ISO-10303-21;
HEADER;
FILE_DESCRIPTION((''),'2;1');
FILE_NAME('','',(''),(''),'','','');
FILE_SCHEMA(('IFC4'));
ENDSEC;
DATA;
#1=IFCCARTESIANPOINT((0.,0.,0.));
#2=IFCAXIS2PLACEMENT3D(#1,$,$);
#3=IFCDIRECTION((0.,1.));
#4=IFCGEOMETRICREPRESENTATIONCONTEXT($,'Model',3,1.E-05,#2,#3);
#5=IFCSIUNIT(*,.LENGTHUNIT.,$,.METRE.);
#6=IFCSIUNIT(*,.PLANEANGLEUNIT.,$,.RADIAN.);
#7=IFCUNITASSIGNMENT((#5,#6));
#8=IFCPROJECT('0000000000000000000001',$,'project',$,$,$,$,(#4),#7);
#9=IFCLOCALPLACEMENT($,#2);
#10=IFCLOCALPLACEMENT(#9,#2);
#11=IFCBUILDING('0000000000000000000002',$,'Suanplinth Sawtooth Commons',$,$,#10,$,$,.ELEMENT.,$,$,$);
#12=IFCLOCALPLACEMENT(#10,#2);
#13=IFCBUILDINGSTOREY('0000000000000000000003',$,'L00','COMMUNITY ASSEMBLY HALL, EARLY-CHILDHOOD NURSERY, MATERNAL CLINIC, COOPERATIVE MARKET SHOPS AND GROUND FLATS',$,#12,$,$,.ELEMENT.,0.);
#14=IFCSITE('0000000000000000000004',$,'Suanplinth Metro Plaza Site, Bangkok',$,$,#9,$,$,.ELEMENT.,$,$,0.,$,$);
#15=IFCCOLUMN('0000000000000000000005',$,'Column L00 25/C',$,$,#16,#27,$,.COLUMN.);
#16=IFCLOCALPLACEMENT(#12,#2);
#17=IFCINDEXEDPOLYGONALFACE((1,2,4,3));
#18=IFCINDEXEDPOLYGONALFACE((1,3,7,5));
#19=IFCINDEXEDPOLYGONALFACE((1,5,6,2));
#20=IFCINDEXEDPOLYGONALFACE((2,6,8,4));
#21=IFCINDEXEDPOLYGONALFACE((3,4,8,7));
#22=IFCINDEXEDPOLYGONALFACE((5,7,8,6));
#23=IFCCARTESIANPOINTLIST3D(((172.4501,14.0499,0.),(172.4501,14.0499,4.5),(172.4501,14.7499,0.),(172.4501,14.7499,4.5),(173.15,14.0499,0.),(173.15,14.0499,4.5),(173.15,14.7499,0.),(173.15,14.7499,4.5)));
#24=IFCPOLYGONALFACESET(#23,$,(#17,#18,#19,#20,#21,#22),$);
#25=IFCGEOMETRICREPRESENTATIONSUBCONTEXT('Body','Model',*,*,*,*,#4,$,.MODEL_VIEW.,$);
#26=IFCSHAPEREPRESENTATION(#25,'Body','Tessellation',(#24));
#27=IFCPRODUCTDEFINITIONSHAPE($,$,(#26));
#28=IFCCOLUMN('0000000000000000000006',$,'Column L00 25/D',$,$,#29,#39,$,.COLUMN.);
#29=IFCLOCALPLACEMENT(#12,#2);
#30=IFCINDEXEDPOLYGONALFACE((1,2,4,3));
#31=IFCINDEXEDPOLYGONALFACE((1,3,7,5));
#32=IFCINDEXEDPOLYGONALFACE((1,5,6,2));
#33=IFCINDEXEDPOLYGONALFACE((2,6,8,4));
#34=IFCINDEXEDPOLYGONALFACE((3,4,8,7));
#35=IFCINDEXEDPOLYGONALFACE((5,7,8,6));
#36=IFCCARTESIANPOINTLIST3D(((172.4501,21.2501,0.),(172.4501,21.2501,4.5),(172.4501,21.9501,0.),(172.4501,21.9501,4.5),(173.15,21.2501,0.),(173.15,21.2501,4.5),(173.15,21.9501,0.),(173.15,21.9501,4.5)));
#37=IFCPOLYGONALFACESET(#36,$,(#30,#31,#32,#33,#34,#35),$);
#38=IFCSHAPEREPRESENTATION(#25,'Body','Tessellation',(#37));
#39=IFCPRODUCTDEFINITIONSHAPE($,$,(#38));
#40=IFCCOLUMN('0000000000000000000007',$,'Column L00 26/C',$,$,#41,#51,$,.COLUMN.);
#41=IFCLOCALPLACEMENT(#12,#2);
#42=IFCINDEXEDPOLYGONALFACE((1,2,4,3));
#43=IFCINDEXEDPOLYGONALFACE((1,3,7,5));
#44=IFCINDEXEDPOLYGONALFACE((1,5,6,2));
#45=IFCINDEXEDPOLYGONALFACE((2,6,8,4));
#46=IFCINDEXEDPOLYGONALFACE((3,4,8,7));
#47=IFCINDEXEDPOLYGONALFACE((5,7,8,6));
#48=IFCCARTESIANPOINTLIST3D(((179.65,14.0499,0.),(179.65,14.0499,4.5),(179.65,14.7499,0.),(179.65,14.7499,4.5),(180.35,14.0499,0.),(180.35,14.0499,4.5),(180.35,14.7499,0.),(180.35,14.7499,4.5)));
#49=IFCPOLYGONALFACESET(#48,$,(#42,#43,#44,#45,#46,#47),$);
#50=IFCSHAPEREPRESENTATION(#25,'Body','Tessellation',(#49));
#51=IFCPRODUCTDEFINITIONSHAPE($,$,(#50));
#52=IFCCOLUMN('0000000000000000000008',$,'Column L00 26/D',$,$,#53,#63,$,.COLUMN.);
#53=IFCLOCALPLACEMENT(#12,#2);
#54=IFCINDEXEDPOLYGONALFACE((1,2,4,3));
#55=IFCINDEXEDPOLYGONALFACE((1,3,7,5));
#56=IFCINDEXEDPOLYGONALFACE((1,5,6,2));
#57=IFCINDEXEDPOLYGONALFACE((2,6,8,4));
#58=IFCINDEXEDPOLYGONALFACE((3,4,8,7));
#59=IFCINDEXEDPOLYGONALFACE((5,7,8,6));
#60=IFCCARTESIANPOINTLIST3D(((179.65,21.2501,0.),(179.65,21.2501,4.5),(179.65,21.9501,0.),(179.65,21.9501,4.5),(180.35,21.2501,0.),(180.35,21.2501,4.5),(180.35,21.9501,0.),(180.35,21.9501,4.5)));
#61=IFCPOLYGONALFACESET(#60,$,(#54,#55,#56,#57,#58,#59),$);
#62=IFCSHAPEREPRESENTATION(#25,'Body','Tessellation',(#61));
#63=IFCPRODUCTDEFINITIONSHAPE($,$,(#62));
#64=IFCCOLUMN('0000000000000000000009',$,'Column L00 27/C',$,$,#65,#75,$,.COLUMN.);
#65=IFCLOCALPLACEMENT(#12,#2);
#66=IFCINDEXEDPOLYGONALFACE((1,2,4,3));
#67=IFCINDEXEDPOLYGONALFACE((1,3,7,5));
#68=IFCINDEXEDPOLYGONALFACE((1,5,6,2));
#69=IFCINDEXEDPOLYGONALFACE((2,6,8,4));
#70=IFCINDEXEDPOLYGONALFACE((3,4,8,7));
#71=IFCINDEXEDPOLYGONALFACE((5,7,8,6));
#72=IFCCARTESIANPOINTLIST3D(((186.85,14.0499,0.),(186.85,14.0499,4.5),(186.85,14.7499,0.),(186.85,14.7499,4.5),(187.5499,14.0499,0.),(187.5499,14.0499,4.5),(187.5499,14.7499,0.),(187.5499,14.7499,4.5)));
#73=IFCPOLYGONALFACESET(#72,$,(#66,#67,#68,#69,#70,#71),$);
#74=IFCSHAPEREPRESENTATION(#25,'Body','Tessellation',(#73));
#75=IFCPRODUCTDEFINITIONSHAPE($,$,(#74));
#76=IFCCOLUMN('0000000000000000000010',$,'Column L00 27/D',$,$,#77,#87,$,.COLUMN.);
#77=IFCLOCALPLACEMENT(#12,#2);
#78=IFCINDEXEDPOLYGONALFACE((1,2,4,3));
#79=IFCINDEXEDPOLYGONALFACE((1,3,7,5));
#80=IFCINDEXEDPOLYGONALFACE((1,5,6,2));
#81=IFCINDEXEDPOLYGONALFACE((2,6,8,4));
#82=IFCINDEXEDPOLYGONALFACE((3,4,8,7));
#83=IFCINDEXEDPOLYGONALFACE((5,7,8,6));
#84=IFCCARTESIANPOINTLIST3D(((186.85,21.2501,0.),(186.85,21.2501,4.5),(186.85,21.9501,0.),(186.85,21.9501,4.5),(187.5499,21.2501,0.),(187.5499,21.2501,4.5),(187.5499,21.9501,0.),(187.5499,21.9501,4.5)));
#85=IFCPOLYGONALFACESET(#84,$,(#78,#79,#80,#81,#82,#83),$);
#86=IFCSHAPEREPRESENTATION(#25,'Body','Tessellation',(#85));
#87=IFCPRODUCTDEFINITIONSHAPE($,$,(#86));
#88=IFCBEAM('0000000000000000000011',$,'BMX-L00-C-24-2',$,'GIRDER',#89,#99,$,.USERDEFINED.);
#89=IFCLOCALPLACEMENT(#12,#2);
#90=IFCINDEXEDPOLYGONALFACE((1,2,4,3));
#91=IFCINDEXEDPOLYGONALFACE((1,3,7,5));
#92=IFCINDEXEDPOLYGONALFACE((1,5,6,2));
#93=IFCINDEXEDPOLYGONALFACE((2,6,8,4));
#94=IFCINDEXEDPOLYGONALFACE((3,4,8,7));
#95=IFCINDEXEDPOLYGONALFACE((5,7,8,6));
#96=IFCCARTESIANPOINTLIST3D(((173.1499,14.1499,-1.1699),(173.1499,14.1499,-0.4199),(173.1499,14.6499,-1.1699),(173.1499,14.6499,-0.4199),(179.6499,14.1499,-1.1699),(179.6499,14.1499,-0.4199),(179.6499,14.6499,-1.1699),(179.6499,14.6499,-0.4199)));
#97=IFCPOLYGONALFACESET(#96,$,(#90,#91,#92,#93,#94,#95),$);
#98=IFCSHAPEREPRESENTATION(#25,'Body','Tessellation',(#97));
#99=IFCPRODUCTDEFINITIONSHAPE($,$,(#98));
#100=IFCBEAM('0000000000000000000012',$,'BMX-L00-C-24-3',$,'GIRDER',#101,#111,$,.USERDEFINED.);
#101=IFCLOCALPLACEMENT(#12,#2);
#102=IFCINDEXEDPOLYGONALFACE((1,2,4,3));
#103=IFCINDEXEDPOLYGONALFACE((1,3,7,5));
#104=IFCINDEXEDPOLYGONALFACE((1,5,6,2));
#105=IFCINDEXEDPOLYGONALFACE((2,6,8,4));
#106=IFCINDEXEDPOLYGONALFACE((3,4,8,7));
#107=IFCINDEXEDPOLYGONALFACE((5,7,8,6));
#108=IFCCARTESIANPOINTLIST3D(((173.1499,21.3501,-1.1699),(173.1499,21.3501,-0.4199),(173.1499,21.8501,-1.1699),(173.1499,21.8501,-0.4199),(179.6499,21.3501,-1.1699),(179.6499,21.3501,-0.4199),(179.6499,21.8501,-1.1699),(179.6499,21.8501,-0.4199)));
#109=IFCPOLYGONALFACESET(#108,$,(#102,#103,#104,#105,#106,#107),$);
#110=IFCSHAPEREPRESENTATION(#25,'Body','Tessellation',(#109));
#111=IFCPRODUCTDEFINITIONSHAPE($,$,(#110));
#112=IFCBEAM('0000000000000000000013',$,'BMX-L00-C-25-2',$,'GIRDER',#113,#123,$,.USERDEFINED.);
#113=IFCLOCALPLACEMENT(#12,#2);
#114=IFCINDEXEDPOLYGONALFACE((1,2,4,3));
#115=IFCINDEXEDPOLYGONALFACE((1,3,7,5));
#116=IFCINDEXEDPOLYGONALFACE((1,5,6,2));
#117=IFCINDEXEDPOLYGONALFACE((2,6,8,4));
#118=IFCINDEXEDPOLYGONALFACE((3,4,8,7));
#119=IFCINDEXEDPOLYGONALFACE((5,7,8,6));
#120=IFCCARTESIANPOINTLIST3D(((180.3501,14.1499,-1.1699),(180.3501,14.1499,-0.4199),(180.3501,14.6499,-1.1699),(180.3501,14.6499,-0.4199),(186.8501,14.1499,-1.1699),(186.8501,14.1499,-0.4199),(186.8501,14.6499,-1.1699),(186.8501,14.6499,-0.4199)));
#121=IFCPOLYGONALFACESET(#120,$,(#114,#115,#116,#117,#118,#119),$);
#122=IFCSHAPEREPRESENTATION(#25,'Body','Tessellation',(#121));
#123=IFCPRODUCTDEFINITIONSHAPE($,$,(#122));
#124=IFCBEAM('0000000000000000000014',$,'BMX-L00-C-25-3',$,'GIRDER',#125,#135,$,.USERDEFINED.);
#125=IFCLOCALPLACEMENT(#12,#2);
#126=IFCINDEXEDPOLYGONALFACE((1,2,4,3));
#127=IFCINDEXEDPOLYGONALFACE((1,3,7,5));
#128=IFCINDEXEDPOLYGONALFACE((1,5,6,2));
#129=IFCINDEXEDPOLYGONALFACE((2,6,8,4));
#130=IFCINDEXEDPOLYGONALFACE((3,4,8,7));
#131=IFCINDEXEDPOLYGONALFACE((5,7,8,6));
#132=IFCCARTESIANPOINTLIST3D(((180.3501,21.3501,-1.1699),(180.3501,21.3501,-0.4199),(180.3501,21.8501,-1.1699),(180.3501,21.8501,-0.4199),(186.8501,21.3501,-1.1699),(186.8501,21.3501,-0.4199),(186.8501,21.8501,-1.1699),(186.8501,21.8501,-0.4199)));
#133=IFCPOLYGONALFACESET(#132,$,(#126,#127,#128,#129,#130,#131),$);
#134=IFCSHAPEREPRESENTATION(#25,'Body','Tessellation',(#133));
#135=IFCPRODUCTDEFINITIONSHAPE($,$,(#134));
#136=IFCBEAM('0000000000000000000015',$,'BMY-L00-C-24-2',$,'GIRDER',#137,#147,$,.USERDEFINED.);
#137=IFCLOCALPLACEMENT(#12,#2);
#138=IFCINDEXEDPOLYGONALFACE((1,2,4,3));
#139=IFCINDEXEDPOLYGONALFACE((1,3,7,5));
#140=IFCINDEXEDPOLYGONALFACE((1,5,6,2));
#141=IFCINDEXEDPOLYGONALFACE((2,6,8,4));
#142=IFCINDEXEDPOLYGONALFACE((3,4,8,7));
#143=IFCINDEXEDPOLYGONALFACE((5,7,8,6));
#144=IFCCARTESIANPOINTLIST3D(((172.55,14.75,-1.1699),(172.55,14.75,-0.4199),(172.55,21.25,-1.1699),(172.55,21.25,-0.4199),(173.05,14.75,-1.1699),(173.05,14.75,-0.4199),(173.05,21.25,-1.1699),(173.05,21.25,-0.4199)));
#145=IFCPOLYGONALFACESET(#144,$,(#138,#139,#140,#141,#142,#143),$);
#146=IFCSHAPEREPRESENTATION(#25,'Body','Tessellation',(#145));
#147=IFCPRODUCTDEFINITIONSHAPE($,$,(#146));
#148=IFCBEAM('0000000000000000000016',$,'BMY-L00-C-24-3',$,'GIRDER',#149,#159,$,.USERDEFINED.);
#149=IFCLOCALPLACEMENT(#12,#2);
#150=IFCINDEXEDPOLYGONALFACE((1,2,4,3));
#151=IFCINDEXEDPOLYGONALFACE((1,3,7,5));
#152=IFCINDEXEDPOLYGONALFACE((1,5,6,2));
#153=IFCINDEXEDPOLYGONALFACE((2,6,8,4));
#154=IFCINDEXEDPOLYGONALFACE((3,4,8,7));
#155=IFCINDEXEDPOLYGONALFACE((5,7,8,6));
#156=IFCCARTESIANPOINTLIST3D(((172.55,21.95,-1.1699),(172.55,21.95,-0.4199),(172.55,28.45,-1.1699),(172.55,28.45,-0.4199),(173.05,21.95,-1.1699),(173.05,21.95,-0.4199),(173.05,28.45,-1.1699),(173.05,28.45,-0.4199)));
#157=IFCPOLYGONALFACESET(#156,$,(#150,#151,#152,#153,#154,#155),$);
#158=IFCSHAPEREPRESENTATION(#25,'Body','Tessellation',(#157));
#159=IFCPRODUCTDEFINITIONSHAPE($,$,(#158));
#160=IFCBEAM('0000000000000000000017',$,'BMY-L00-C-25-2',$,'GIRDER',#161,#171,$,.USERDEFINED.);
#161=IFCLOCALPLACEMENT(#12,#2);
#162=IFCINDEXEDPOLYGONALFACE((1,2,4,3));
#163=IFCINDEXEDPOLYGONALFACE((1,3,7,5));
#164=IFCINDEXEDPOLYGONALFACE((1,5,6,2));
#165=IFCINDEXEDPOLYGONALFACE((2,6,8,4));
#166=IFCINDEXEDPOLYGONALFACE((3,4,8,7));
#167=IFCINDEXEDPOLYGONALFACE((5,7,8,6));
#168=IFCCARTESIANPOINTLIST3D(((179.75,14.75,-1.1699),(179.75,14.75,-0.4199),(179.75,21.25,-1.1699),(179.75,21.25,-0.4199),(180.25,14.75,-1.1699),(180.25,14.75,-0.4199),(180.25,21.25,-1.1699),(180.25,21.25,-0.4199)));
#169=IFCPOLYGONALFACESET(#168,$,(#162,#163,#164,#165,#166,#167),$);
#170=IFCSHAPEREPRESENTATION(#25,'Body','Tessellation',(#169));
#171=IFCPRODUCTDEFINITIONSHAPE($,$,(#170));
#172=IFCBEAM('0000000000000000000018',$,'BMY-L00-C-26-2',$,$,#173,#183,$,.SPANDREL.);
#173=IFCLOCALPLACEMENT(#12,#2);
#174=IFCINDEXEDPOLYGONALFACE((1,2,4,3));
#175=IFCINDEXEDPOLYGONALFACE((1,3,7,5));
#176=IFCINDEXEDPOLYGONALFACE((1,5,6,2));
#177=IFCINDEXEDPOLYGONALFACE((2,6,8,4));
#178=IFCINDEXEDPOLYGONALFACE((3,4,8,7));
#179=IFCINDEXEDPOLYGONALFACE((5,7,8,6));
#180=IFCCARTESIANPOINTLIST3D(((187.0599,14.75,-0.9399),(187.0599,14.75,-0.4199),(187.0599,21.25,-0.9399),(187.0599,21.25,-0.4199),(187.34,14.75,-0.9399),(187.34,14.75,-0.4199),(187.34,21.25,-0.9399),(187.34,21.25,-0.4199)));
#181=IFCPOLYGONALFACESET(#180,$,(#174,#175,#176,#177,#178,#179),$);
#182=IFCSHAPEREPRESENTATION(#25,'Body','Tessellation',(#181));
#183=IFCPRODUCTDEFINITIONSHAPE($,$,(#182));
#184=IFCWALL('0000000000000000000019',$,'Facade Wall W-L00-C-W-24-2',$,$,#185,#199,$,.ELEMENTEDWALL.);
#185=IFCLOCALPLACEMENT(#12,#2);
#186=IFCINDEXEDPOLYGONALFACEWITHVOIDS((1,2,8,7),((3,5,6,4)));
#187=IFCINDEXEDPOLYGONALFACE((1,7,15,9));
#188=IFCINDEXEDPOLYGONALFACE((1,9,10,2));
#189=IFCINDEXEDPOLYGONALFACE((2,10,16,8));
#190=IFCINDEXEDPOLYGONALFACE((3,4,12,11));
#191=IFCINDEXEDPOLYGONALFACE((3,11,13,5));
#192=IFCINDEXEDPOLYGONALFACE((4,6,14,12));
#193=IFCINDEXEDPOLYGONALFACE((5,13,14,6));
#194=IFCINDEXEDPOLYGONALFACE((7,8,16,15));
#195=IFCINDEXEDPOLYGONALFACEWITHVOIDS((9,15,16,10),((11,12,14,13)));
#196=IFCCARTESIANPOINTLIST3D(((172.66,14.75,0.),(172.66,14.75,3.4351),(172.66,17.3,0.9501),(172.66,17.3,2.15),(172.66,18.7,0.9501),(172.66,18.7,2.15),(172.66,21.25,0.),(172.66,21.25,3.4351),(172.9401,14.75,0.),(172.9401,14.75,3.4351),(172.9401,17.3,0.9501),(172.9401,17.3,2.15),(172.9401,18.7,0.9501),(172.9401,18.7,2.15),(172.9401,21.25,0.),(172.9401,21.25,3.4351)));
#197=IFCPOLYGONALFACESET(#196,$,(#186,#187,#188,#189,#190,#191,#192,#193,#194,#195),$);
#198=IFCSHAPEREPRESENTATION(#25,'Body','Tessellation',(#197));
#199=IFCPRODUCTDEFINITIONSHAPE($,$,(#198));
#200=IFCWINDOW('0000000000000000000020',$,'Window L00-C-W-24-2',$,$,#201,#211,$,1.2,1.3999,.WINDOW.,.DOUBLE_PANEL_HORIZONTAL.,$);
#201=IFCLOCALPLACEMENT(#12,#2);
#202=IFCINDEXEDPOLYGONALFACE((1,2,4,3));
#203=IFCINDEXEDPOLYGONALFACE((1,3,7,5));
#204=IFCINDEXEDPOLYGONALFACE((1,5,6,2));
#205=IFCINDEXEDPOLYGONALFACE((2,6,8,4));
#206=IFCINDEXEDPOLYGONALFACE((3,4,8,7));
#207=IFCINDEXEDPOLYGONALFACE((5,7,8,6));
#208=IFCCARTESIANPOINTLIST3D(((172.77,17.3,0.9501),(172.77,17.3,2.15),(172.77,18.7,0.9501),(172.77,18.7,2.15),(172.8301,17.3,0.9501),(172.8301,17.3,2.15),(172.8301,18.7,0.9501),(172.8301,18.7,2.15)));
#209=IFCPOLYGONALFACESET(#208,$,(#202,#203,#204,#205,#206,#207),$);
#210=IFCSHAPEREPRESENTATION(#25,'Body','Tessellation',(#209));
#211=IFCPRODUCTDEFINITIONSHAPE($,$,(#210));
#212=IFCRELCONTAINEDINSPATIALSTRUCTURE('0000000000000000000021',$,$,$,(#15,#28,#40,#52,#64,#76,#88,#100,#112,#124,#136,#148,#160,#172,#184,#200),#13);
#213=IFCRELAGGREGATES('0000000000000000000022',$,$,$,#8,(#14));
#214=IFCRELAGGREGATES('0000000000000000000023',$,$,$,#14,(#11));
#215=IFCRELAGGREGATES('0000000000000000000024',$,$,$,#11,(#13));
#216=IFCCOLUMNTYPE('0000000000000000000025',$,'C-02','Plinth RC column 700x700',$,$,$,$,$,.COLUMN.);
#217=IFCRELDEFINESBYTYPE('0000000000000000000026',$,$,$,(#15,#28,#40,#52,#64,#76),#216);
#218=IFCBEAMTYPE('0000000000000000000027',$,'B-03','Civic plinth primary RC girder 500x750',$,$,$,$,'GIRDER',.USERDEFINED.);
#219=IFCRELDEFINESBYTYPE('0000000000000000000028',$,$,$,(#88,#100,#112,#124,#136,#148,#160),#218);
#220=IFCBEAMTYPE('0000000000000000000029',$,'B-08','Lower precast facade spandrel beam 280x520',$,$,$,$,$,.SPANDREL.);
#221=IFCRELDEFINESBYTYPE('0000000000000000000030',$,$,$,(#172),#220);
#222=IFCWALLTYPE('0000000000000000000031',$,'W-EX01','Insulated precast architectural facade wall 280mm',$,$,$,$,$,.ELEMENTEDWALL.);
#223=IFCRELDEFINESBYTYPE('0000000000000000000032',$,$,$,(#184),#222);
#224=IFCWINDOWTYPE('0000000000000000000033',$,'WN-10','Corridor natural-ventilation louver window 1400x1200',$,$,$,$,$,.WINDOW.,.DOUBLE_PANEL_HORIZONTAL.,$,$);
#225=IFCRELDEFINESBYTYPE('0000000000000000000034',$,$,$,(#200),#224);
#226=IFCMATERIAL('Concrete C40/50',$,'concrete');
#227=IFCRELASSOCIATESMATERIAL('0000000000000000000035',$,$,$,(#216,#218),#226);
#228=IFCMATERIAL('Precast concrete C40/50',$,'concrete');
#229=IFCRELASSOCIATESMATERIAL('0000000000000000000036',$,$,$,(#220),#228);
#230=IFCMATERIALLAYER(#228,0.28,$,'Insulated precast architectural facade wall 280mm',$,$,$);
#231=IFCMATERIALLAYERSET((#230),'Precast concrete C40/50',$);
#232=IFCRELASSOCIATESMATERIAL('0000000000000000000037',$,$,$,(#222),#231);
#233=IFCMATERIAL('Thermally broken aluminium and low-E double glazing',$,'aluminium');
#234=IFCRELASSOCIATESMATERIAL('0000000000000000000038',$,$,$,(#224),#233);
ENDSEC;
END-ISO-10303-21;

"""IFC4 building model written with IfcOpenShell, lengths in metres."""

from ifc_helpers import new_model, si_unit, direction, frame, frame_2d, origin, origin_2d, place, context, subcontext, project, spatial, rectangle, extrude, material, layer, layer_set, material_profile, profile_set, type_object, element, fill, save


model = new_model("IFC4")

# Units and contexts
model_context = context("Model", 3, precision=1e-05, world=origin(), true_north=direction((0.0, 1.0)))
body_context = subcontext(model_context, "Body", "Model", "MODEL_VIEW")
ifc_project = project(units=[si_unit("LENGTHUNIT", "METRE"), si_unit("PLANEANGLEUNIT", "RADIAN")], contexts=[model_context])

# Site, building, storey
site_placement = place(None, origin())
site = spatial("IfcSite", under=ifc_project, at=site_placement, Name="Suanplinth Metro Plaza Site, Bangkok", CompositionType="ELEMENT", RefElevation=0.0)
building_placement = place(site_placement, origin())
building = spatial("IfcBuilding", under=site, at=building_placement, Name="Suanplinth Sawtooth Commons", CompositionType="ELEMENT")
storey_placement = place(building_placement, origin())
storey = spatial("IfcBuildingStorey", under=building, at=storey_placement, Name="L00", Description="COMMUNITY ASSEMBLY HALL, EARLY-CHILDHOOD NURSERY, MATERNAL CLINIC, COOPERATIVE MARKET SHOPS AND GROUND FLATS", CompositionType="ELEMENT", Elevation=0.0)

# Columns
ifc_material_1 = material(Name="Concrete C40/50", Category="concrete")
ifc_material_profile_1 = material_profile(ifc_material_1, rectangle(XDim=0.7, YDim=0.7, at=origin_2d()), Name="RC-COL 700x700")
ifc_profile_set_1 = profile_set([ifc_material_profile_1], Name="Concrete C40/50")
column_type = type_object("IfcColumnType", Name="C-02", Description="Plinth RC column 700x700", PredefinedType="COLUMN", material=ifc_profile_set_1)
for number, where, z_axis, x_axis, name in (
    (1, (172.8, 14.3999, 0.0), (0.0, 0.0, 1.0), (1.0, 0.0, 0.0), "Column L00 25/C"),
    (2, (172.8, 21.6001, 0.0), (0.0, 0.0, 1.0), (1.0, 0.0, 0.0), "Column L00 25/D"),
    (3, (180.0, 14.3999, 0.0), (0.0, 0.0, 1.0), (1.0, 0.0, 0.0), "Column L00 26/C"),
    (4, (180.0, 21.6001, 0.0), (0.0, 0.0, 1.0), (1.0, 0.0, 0.0), "Column L00 26/D"),
    (5, (187.2, 14.3999, 0.0), (0.0, 0.0, 1.0), (1.0, 0.0, 0.0), "Column L00 27/C"),
    (6, (187.2, 21.6001, 0.0), (0.0, 0.0, 1.0), (1.0, 0.0, 0.0), "Column L00 27/D"),
):
    element("IfcColumn", number, at=place(storey_placement, frame(where, z_axis=z_axis, x_axis=x_axis)), inside=storey, type_object=column_type, Name=name, PredefinedType="COLUMN", context=body_context, shape_type="SweptSolid", body=[
        extrude(rectangle(XDim=0.7, YDim=0.7, at=origin_2d()), origin(), (0.0, 0.0, 1.0), 4.5),
    ])

# Beams
ifc_material_profile_2 = material_profile(ifc_material_1, rectangle(XDim=0.5, YDim=0.75, at=origin_2d()), Name="RC-GDR 500x750")
ifc_profile_set_2 = profile_set([ifc_material_profile_2], Name="Concrete C40/50")
beam_type_1 = type_object("IfcBeamType", Name="B-03", Description="Civic plinth primary RC girder 500x750", ElementType="GIRDER", PredefinedType="USERDEFINED", material=ifc_profile_set_2)
for number, where, z_axis, x_axis, name in (
    (7, (173.1499, 14.3999, -0.7949), (1.0, 0.0, 0.0), (0.0, 1.0, 0.0), "BMX-L00-C-24-2"),
    (8, (173.1499, 21.6001, -0.7949), (1.0, 0.0, 0.0), (0.0, 1.0, 0.0), "BMX-L00-C-24-3"),
    (9, (180.3501, 14.3999, -0.7949), (1.0, 0.0, 0.0), (0.0, 1.0, 0.0), "BMX-L00-C-25-2"),
    (10, (180.3501, 21.6001, -0.7949), (1.0, 0.0, 0.0), (0.0, 1.0, 0.0), "BMX-L00-C-25-3"),
    (11, (172.8, 14.75, -0.7949), (0.0, 1.0, 0.0), (-1.0, 0.0, 0.0), "BMY-L00-C-24-2"),
    (12, (172.8, 21.95, -0.7949), (0.0, 1.0, 0.0), (-1.0, 0.0, 0.0), "BMY-L00-C-24-3"),
    (13, (180.0, 14.75, -0.7949), (0.0, 1.0, 0.0), (-1.0, 0.0, 0.0), "BMY-L00-C-25-2"),
):
    element("IfcBeam", number, at=place(storey_placement, frame(where, z_axis=z_axis, x_axis=x_axis)), inside=storey, type_object=beam_type_1, Name=name, ObjectType="GIRDER", PredefinedType="USERDEFINED", context=body_context, shape_type="SweptSolid", body=[
        extrude(rectangle(XDim=0.5, YDim=0.75, at=origin_2d()), origin(), (0.0, 0.0, 1.0), 6.5),
    ])
ifc_material_2 = material(Name="Precast concrete C40/50", Category="concrete")
ifc_material_profile_3 = material_profile(ifc_material_2, rectangle(XDim=0.28, YDim=0.52, at=origin_2d()), Name="PC-SP 280x520")
ifc_profile_set_3 = profile_set([ifc_material_profile_3], Name="Precast concrete C40/50")
beam_type_2 = type_object("IfcBeamType", Name="B-08", Description="Lower precast facade spandrel beam 280x520", PredefinedType="SPANDREL", material=ifc_profile_set_3)
beam_placement = place(storey_placement, frame((187.2, 14.75, -0.6799), z_axis=(0.0, 1.0, 0.0), x_axis=(-1.0, 0.0, 0.0)))
element("IfcBeam", 14, at=beam_placement, inside=storey, type_object=beam_type_2, Name="BMY-L00-C-26-2", PredefinedType="SPANDREL", context=body_context, shape_type="SweptSolid", body=[
    extrude(rectangle(XDim=0.28, YDim=0.52, at=origin_2d()), origin(), (0.0, 0.0, 1.0), 6.5),
])

# Wall, opening, window
ifc_layer_1 = layer(ifc_material_2, 0.28, Name="Insulated precast architectural facade wall 280mm")
ifc_layer_set_1 = layer_set([ifc_layer_1], Name="Precast concrete C40/50")
wall_type_1 = type_object("IfcWallType", Name="W-EX01", Description="Insulated precast architectural facade wall 280mm", PredefinedType="ELEMENTEDWALL", material=ifc_layer_set_1)
wall_1_placement = place(storey_placement, frame((172.8, 14.75, 0.0), z_axis=(0.0, 0.0, 1.0), x_axis=(0.0, 1.0, 0.0)))
wall_1 = element("IfcWall", 15, at=wall_1_placement, inside=storey, type_object=wall_type_1, Name="Facade Wall W-L00-C-W-24-2", PredefinedType="ELEMENTEDWALL", context=body_context, shape_type="SweptSolid", body=[
    extrude(rectangle(XDim=6.5, YDim=0.28, at=frame_2d((3.25, 0.0))), origin(), (0.0, 0.0, 1.0), 3.4351),
])
opening_1_placement = place(wall_1_placement, frame((2.55, 0.0, 0.95)))
opening_1 = element("IfcOpeningElement", 16, at=opening_1_placement, cuts=wall_1, PredefinedType="OPENING", context=body_context, shape_type="SweptSolid", body=[
    extrude(rectangle(XDim=1.3999, YDim=1.2, at=frame_2d((0.7, 0.6001))), frame((0.0, 0.1548, 0.0), z_axis=(0.0, -1.0, 0.0), x_axis=(1.0, 0.0, 0.0)), (0.0, 0.0, 1.0), 0.3098),
])
ifc_material_3 = material(Name="Thermally broken aluminium and low-E double glazing", Category="aluminium")
window_type_1 = type_object("IfcWindowType", Name="WN-10", Description="Corridor natural-ventilation louver window 1400x1200", PartitioningType="DOUBLE_PANEL_HORIZONTAL", PredefinedType="WINDOW", material=ifc_material_3)
window_1_placement = place(opening_1_placement, origin())
window_1 = element("IfcWindow", 17, at=window_1_placement, inside=storey, type_object=window_type_1, Name="Window L00-C-W-24-2", OverallHeight=1.2, OverallWidth=1.3999, PartitioningType="DOUBLE_PANEL_HORIZONTAL", PredefinedType="WINDOW", context=body_context, shape_type="SweptSolid", body=[
    extrude(rectangle(XDim=1.3999, YDim=1.2, at=frame_2d((0.7, 0.6001))), frame((0.0, 0.03, 0.0), z_axis=(0.0, -1.0, 0.0), x_axis=(1.0, 0.0, 0.0)), (0.0, 0.0, 1.0), 0.0601),
])
fill(opening_1, window_1)

save(model, "model.ifc")
